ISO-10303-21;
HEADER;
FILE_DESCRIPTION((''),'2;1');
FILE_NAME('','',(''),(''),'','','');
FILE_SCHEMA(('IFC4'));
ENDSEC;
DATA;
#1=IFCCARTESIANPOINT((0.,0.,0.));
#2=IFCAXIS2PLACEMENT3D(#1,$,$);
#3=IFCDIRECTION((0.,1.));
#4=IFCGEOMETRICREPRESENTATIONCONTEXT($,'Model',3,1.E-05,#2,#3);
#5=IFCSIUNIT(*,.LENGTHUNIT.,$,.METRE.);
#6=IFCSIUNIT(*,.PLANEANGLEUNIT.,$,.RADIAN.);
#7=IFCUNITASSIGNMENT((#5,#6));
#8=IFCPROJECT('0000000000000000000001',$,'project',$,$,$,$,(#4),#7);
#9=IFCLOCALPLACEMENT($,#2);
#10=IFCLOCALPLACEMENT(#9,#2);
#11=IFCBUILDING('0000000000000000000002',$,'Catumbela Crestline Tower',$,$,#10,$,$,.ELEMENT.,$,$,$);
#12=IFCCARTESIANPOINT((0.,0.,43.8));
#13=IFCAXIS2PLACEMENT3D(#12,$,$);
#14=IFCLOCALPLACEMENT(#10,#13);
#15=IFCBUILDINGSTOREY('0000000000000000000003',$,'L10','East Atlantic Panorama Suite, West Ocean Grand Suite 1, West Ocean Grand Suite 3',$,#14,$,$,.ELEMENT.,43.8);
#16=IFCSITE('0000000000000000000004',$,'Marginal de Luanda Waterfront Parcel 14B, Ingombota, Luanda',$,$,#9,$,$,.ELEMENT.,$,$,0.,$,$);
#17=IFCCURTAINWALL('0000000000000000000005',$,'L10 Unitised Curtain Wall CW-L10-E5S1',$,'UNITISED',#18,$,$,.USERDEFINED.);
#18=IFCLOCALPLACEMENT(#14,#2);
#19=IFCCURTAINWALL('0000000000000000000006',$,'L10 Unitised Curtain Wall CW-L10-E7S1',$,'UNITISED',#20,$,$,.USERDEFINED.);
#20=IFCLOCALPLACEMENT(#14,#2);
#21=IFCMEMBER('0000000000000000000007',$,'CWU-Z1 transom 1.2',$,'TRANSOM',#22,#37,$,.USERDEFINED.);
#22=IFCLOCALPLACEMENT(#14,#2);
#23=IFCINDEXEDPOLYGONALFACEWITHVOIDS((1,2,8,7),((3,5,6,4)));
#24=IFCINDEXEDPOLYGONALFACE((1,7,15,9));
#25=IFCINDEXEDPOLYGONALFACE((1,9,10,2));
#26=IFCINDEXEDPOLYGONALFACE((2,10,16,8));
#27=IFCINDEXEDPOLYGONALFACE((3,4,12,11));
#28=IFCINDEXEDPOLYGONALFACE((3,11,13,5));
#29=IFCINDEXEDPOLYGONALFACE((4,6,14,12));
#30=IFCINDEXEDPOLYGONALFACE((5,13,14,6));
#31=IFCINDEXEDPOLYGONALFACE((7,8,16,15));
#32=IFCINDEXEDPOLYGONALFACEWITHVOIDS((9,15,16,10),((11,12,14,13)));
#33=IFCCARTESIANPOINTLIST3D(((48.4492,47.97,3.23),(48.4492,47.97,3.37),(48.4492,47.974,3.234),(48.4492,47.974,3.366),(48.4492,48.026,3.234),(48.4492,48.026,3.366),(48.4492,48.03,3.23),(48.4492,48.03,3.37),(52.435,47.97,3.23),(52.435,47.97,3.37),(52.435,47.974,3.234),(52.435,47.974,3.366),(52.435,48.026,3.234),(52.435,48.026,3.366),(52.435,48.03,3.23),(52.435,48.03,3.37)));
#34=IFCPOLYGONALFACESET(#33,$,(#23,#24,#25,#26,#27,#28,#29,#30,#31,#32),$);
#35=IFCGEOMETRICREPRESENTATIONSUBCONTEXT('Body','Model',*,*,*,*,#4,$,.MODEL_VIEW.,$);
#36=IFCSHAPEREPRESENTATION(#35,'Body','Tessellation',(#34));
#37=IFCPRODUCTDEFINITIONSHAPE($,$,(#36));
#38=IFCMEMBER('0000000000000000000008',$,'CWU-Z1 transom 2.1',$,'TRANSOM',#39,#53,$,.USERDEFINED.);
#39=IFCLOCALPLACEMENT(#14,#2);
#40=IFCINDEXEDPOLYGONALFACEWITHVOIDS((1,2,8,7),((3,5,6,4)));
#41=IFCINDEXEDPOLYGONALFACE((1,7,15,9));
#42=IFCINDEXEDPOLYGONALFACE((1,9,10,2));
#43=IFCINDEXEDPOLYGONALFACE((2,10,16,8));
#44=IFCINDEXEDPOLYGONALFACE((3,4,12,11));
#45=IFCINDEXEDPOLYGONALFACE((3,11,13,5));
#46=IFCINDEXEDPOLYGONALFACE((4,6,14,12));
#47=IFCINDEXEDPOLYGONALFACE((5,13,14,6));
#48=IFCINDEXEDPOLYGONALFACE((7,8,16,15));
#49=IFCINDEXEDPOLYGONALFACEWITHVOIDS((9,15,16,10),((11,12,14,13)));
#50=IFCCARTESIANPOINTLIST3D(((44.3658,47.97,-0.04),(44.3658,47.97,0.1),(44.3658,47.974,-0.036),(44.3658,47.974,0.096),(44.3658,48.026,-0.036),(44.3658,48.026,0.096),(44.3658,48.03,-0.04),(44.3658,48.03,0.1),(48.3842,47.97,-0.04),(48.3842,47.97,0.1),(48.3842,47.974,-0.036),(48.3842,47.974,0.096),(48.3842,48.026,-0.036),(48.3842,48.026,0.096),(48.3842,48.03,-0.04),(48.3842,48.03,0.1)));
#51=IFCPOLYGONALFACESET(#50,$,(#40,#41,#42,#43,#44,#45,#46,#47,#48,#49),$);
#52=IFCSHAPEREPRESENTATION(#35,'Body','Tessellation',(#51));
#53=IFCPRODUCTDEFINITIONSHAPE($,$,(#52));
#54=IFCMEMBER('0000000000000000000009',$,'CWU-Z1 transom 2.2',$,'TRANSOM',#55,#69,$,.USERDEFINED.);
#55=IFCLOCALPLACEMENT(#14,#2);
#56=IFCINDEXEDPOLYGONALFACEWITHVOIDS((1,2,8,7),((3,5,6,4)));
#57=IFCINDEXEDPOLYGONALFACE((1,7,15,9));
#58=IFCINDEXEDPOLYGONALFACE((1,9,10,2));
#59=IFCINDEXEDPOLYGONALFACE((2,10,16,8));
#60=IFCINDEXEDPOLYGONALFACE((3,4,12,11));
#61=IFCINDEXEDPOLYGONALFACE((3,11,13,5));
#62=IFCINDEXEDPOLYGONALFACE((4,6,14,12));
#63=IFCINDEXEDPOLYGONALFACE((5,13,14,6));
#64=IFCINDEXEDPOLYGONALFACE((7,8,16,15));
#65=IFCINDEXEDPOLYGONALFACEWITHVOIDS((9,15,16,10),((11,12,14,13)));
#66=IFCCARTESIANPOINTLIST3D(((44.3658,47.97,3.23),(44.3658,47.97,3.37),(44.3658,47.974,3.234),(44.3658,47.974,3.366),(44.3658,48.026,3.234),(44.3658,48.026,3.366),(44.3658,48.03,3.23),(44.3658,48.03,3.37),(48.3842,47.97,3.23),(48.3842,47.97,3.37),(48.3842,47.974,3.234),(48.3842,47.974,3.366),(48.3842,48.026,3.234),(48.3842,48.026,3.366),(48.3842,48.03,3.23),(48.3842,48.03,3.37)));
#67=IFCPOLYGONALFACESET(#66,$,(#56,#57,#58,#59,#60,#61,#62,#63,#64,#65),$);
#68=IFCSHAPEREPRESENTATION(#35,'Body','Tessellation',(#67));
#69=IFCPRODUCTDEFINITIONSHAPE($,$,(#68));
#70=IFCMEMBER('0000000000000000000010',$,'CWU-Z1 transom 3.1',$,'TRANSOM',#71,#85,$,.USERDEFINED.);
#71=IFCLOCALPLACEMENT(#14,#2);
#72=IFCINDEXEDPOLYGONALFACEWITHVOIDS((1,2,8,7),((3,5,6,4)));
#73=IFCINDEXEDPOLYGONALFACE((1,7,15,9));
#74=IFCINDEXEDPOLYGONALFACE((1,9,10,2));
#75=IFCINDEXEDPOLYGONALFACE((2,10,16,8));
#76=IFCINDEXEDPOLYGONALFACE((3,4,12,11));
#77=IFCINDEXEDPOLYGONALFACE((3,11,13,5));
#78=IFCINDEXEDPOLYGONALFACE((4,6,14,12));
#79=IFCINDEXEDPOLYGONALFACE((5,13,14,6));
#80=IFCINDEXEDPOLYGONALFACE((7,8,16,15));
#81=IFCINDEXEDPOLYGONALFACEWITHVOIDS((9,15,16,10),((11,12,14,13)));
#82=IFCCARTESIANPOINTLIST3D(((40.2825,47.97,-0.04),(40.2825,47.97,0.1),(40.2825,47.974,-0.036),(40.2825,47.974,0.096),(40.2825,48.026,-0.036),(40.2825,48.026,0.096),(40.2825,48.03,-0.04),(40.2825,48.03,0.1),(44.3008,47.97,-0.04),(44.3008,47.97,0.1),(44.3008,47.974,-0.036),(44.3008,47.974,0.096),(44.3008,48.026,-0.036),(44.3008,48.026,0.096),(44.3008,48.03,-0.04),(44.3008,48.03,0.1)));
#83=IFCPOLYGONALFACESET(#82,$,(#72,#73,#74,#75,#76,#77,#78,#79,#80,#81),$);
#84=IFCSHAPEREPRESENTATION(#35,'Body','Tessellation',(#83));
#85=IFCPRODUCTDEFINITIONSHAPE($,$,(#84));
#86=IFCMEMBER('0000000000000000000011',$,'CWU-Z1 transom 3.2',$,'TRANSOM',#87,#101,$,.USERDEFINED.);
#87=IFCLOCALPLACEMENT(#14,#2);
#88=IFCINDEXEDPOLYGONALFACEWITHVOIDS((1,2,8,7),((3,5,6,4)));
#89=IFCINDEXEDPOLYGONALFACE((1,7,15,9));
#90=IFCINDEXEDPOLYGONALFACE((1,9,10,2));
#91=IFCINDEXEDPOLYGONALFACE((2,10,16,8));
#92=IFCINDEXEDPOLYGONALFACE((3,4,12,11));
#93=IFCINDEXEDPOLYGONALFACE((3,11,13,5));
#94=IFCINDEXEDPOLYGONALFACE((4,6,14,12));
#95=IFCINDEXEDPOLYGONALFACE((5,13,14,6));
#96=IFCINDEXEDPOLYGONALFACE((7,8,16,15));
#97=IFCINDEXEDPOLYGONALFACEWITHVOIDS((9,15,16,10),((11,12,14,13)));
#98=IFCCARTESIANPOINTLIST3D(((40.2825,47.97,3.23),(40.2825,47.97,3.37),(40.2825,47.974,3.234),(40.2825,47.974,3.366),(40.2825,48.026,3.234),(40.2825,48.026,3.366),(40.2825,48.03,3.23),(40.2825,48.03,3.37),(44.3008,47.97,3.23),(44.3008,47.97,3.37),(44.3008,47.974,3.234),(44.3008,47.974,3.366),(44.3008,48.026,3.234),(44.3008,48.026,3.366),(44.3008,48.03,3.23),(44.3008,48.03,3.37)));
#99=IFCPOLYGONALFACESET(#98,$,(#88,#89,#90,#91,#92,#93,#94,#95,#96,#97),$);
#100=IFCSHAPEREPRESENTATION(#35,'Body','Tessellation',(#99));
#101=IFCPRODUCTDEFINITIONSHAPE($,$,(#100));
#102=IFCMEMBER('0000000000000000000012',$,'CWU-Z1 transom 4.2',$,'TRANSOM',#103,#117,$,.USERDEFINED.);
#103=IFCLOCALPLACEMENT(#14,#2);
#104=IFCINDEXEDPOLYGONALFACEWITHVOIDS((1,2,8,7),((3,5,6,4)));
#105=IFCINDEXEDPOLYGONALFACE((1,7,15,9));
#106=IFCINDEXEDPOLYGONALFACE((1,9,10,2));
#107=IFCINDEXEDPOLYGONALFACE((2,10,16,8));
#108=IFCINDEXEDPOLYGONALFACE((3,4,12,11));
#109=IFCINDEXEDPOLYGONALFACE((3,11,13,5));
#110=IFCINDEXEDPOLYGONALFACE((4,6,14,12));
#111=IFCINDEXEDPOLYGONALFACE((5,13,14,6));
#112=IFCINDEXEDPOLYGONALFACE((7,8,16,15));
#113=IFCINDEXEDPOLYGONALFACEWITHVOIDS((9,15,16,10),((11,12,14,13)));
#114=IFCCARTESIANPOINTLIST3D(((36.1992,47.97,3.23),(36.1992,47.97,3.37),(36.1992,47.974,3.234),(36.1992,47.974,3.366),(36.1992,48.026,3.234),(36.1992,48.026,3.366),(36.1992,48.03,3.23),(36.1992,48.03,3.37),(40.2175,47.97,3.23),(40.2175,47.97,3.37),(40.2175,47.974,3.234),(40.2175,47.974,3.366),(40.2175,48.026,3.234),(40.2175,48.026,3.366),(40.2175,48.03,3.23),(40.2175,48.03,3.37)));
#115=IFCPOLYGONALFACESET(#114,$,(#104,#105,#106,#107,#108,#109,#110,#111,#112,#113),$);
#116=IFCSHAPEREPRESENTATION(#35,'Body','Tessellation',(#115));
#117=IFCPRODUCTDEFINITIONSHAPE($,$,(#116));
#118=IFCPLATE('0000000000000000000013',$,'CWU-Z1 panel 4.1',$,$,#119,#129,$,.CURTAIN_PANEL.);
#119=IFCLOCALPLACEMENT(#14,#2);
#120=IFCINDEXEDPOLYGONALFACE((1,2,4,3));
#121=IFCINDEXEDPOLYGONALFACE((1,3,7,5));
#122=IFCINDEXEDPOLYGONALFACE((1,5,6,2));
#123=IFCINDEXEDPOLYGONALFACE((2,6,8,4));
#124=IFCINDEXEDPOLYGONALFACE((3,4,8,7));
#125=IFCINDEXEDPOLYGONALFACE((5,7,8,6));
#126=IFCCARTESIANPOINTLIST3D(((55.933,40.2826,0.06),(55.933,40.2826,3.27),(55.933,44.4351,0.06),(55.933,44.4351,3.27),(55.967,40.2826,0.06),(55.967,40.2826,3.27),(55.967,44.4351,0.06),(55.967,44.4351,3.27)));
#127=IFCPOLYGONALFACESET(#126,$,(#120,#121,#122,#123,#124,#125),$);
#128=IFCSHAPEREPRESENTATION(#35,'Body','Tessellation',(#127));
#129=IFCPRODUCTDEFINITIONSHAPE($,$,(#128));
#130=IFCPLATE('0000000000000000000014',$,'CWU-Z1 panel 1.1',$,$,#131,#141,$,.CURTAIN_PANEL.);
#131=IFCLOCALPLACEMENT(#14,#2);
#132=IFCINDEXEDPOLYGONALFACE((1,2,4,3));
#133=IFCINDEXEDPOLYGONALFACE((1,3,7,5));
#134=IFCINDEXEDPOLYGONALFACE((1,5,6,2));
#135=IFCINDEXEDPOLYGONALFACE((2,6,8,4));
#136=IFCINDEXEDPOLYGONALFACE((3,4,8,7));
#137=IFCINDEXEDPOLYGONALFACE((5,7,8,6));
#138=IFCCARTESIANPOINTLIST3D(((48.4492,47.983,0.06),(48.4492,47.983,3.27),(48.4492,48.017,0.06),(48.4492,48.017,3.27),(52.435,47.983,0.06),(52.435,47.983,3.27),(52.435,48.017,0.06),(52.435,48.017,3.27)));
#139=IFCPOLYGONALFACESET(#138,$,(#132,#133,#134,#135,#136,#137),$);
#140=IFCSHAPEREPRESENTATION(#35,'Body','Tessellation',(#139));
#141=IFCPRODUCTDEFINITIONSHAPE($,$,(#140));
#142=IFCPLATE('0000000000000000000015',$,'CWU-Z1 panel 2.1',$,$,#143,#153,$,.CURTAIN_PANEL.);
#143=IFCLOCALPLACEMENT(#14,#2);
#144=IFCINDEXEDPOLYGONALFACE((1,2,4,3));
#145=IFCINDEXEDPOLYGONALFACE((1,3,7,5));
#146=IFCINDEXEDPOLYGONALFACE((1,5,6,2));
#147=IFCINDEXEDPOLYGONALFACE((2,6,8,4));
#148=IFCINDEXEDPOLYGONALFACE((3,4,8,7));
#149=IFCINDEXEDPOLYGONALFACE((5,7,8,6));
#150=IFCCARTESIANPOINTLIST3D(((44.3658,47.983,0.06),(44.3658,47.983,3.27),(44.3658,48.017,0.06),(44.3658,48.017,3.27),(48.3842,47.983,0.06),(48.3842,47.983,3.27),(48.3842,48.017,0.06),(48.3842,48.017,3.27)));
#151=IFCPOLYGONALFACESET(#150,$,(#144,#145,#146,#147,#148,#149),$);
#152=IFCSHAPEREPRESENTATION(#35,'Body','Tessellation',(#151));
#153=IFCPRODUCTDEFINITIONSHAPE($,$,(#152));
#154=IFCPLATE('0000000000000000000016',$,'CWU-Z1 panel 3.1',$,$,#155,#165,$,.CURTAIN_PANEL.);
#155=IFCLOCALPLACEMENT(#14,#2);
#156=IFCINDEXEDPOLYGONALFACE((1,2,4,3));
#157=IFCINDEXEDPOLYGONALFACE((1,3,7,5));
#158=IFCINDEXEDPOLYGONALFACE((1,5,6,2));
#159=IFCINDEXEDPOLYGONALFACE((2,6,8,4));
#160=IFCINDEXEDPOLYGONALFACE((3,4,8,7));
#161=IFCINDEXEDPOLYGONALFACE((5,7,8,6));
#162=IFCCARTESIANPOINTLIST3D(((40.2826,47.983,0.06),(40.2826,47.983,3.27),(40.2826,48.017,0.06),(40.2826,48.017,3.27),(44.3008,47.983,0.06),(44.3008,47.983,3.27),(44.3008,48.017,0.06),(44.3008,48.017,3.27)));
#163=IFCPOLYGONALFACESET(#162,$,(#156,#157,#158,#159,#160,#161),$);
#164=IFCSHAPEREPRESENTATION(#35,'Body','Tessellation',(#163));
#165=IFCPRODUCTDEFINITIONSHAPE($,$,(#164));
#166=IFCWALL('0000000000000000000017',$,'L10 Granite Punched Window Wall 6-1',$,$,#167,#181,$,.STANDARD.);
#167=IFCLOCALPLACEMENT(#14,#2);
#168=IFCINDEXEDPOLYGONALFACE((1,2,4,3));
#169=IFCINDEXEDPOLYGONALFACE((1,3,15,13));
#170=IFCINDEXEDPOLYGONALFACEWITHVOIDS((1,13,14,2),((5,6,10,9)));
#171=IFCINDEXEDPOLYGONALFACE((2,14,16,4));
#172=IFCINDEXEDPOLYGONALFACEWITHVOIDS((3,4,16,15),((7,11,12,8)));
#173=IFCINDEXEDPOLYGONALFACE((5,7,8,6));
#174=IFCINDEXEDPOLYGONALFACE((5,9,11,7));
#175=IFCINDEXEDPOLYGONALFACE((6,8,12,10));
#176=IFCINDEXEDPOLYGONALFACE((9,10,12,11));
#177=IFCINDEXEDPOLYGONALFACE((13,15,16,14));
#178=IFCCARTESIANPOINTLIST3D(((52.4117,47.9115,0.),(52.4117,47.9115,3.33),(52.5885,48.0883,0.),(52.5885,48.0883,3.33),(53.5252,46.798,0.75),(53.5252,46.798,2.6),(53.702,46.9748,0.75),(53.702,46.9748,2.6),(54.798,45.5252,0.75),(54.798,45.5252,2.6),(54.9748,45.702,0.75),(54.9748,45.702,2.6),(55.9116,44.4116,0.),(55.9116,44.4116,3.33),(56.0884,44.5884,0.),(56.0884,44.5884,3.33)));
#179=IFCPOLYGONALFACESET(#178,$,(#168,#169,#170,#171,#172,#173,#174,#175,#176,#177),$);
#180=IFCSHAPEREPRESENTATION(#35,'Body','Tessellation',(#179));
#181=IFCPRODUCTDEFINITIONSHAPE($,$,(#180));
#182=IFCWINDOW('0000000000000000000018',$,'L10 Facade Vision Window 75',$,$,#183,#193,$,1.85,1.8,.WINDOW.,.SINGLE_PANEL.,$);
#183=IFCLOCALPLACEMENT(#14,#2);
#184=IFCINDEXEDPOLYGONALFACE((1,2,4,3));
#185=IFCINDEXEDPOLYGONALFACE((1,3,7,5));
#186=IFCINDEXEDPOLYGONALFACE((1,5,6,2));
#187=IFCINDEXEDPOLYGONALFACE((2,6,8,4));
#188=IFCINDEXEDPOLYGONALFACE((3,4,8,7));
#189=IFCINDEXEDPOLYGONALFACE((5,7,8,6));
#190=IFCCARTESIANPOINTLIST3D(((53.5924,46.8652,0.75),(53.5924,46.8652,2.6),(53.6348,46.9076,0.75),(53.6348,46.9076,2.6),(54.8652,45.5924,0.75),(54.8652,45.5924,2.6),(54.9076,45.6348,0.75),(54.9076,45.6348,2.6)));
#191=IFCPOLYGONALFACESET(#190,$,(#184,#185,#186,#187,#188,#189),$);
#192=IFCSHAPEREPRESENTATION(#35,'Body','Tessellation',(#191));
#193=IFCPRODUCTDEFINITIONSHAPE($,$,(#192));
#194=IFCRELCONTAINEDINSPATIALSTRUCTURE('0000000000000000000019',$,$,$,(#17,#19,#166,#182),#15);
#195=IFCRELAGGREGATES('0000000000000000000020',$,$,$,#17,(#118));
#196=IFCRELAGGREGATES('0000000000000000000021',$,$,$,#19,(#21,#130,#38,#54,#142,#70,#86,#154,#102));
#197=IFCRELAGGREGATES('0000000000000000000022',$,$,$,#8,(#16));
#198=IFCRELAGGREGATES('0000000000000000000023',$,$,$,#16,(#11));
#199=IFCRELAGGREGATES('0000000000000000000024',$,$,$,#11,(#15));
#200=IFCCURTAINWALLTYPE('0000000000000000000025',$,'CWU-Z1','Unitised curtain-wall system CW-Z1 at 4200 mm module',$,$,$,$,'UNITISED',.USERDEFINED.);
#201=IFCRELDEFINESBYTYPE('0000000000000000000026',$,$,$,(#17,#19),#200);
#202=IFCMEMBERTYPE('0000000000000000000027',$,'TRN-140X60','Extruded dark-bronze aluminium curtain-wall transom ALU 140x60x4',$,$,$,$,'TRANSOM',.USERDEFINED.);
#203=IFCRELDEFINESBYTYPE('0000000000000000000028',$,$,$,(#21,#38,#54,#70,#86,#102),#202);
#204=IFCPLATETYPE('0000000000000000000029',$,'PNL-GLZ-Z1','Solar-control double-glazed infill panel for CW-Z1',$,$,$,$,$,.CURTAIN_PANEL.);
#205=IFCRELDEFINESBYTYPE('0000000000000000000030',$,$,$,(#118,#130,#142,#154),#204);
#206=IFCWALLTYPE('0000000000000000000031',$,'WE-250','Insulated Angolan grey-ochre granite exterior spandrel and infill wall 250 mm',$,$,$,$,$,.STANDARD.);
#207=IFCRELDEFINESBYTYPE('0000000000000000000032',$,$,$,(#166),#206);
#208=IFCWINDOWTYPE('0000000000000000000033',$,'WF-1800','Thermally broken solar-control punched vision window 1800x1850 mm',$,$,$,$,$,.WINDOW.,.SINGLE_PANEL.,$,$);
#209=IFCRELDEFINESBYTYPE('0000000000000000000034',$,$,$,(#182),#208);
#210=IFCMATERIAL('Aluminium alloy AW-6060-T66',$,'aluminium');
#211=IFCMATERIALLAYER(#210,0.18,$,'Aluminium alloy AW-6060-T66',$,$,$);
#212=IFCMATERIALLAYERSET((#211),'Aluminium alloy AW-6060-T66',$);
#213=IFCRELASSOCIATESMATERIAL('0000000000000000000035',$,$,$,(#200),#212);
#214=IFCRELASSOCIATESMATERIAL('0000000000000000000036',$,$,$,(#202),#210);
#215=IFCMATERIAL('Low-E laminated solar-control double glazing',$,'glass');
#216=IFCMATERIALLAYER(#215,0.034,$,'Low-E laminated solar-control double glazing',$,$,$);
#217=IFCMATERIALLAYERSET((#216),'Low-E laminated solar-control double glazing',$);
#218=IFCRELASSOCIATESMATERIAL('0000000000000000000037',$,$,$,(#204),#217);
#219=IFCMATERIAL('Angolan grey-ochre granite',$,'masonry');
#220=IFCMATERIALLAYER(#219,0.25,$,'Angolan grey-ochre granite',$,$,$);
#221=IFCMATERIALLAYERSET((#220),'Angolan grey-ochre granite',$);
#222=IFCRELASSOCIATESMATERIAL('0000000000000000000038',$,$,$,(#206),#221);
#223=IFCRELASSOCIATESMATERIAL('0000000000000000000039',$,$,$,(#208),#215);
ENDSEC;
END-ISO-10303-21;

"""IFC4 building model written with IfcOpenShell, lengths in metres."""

from ifc_helpers import new_model, si_unit, direction, frame, frame_2d, origin, origin_2d, place, context, subcontext, project, spatial, rectangle, hollow_rectangle, extrude, material, layer, layer_set, material_profile, profile_set, type_object, element, fill, aggregate, save


model = new_model("IFC4")

# Units and contexts
model_context = context("Model", 3, precision=1e-05, world=origin(), true_north=direction((0.0, 1.0)))
body_context = subcontext(model_context, "Body", "Model", "MODEL_VIEW")
ifc_project = project(units=[si_unit("LENGTHUNIT", "METRE"), si_unit("PLANEANGLEUNIT", "RADIAN")], contexts=[model_context])

# Site, building, storey
site_placement = place(None, origin())
site = spatial("IfcSite", under=ifc_project, at=site_placement, Name="Marginal de Luanda Waterfront Parcel 14B, Ingombota, Luanda", CompositionType="ELEMENT", RefElevation=0.0)
building_placement = place(site_placement, origin())
building = spatial("IfcBuilding", under=site, at=building_placement, Name="Catumbela Crestline Tower", CompositionType="ELEMENT")
storey_placement = place(building_placement, frame((0.0, 0.0, 43.8)))
storey = spatial("IfcBuildingStorey", under=building, at=storey_placement, Name="L10", Description="East Atlantic Panorama Suite, West Ocean Grand Suite 1, West Ocean Grand Suite 3", CompositionType="ELEMENT", Elevation=43.8)

# Curtain wall
ifc_material_1 = material(Name="Aluminium alloy AW-6060-T66", Category="aluminium")
ifc_layer_1 = layer(ifc_material_1, 0.18, Name="Aluminium alloy AW-6060-T66")
ifc_layer_set_1 = layer_set([ifc_layer_1], Name="Aluminium alloy AW-6060-T66")
curtain_wall_type = type_object("IfcCurtainWallType", Name="CWU-Z1", Description="Unitised curtain-wall system CW-Z1 at 4200 mm module", ElementType="UNITISED", PredefinedType="USERDEFINED", material=ifc_layer_set_1)
curtain_wall_1_placement = place(storey_placement, origin())
curtain_wall_1 = element("IfcCurtainWall", 1, at=curtain_wall_1_placement, inside=storey, type_object=curtain_wall_type, Name="L10 Unitised Curtain Wall CW-L10-E5S1", ObjectType="UNITISED", PredefinedType="USERDEFINED")

# Curtain wall
curtain_wall_2_placement = place(storey_placement, origin())
curtain_wall_2 = element("IfcCurtainWall", 2, at=curtain_wall_2_placement, inside=storey, type_object=curtain_wall_type, Name="L10 Unitised Curtain Wall CW-L10-E7S1", ObjectType="UNITISED", PredefinedType="USERDEFINED")

# Members
ifc_material_profile_1 = material_profile(ifc_material_1, hollow_rectangle(XDim=0.06, YDim=0.14, WallThickness=0.004, at=origin_2d()), Name="ALU 140x60x4")
ifc_profile_set_1 = profile_set([ifc_material_profile_1], Name="Aluminium alloy AW-6060-T66")
member_type_1 = type_object("IfcMemberType", Name="TRN-140X60", Description="Extruded dark-bronze aluminium curtain-wall transom ALU 140x60x4", ElementType="TRANSOM", PredefinedType="USERDEFINED", material=ifc_profile_set_1)
member_1_placement = place(storey_placement, frame((52.435, 48.0, 3.3), z_axis=(-1.0, 0.0, 0.0), x_axis=(0.0, -1.0, 0.0)))
member_1 = element("IfcMember", 3, at=member_1_placement, type_object=member_type_1, Name="CWU-Z1 transom 1.2", ObjectType="TRANSOM", PredefinedType="USERDEFINED", context=body_context, shape_type="SweptSolid", body=[
    extrude(hollow_rectangle(XDim=0.06, YDim=0.14, WallThickness=0.004, at=origin_2d()), origin(), (0.0, 0.0, 1.0), 3.9858),
])
member_2_placement = place(storey_placement, frame((48.3842, 48.0, 0.03), z_axis=(-1.0, 0.0, 0.0), x_axis=(0.0, -1.0, 0.0)))
member_2 = element("IfcMember", 4, at=member_2_placement, type_object=member_type_1, Name="CWU-Z1 transom 2.1", ObjectType="TRANSOM", PredefinedType="USERDEFINED", context=body_context, shape_type="SweptSolid", body=[
    extrude(hollow_rectangle(XDim=0.06, YDim=0.14, WallThickness=0.004, at=origin_2d()), origin(), (0.0, 0.0, 1.0), 4.0184),
])
member_3_placement = place(storey_placement, frame((48.3842, 48.0, 3.3), z_axis=(-1.0, 0.0, 0.0), x_axis=(0.0, -1.0, 0.0)))
member_3 = element("IfcMember", 5, at=member_3_placement, type_object=member_type_1, Name="CWU-Z1 transom 2.2", ObjectType="TRANSOM", PredefinedType="USERDEFINED", context=body_context, shape_type="SweptSolid", body=[
    extrude(hollow_rectangle(XDim=0.06, YDim=0.14, WallThickness=0.004, at=origin_2d()), origin(), (0.0, 0.0, 1.0), 4.0184),
])
member_4_placement = place(storey_placement, frame((44.3008, 48.0, 0.03), z_axis=(-1.0, 0.0, 0.0), x_axis=(0.0, -1.0, 0.0)))
member_4 = element("IfcMember", 6, at=member_4_placement, type_object=member_type_1, Name="CWU-Z1 transom 3.1", ObjectType="TRANSOM", PredefinedType="USERDEFINED", context=body_context, shape_type="SweptSolid", body=[
    extrude(hollow_rectangle(XDim=0.06, YDim=0.14, WallThickness=0.004, at=origin_2d()), origin(), (0.0, 0.0, 1.0), 4.0183),
])
member_5_placement = place(storey_placement, frame((44.3008, 48.0, 3.3), z_axis=(-1.0, 0.0, 0.0), x_axis=(0.0, -1.0, 0.0)))
member_5 = element("IfcMember", 7, at=member_5_placement, type_object=member_type_1, Name="CWU-Z1 transom 3.2", ObjectType="TRANSOM", PredefinedType="USERDEFINED", context=body_context, shape_type="SweptSolid", body=[
    extrude(hollow_rectangle(XDim=0.06, YDim=0.14, WallThickness=0.004, at=origin_2d()), origin(), (0.0, 0.0, 1.0), 4.0183),
])
member_6_placement = place(storey_placement, frame((40.2175, 48.0, 3.3), z_axis=(-1.0, 0.0, 0.0), x_axis=(0.0, -1.0, 0.0)))
member_6 = element("IfcMember", 8, at=member_6_placement, type_object=member_type_1, Name="CWU-Z1 transom 4.2", ObjectType="TRANSOM", PredefinedType="USERDEFINED", context=body_context, shape_type="SweptSolid", body=[
    extrude(hollow_rectangle(XDim=0.06, YDim=0.14, WallThickness=0.004, at=origin_2d()), origin(), (0.0, 0.0, 1.0), 4.0183),
])

# Plates
ifc_material_2 = material(Name="Low-E laminated solar-control double glazing", Category="glass")
ifc_layer_2 = layer(ifc_material_2, 0.034, Name="Low-E laminated solar-control double glazing")
ifc_layer_set_2 = layer_set([ifc_layer_2], Name="Low-E laminated solar-control double glazing")
plate_type = type_object("IfcPlateType", Name="PNL-GLZ-Z1", Description="Solar-control double-glazed infill panel for CW-Z1", PredefinedType="CURTAIN_PANEL", material=ifc_layer_set_2)
plate_1_placement = place(storey_placement, frame((55.95, 42.3588, 0.06), z_axis=(0.0, 0.0, 1.0), x_axis=(0.0, 1.0, 0.0)))
plate_1 = element("IfcPlate", 9, at=plate_1_placement, type_object=plate_type, Name="CWU-Z1 panel 4.1", PredefinedType="CURTAIN_PANEL", context=body_context, shape_type="SweptSolid", body=[
    extrude(rectangle(XDim=4.1525, YDim=0.034, at=origin_2d()), origin(), (0.0, 0.0, 1.0), 3.21),
])
aggregate(curtain_wall_1, [plate_1])
plate_2_placement = place(storey_placement, frame((50.4421, 48.0, 0.06), z_axis=(0.0, 0.0, 1.0), x_axis=(-1.0, 0.0, 0.0)))
plate_2 = element("IfcPlate", 10, at=plate_2_placement, type_object=plate_type, Name="CWU-Z1 panel 1.1", PredefinedType="CURTAIN_PANEL", context=body_context, shape_type="SweptSolid", body=[
    extrude(rectangle(XDim=3.9858, YDim=0.034, at=origin_2d()), origin(), (0.0, 0.0, 1.0), 3.21),
])
plate_3_placement = place(storey_placement, frame((46.375, 48.0, 0.06), z_axis=(0.0, 0.0, 1.0), x_axis=(-1.0, 0.0, 0.0)))
plate_3 = element("IfcPlate", 11, at=plate_3_placement, type_object=plate_type, Name="CWU-Z1 panel 2.1", PredefinedType="CURTAIN_PANEL", context=body_context, shape_type="SweptSolid", body=[
    extrude(rectangle(XDim=4.0183, YDim=0.034, at=origin_2d()), origin(), (0.0, 0.0, 1.0), 3.21),
])
plate_4_placement = place(storey_placement, frame((42.2917, 48.0, 0.06), z_axis=(0.0, 0.0, 1.0), x_axis=(-1.0, 0.0, 0.0)))
plate_4 = element("IfcPlate", 12, at=plate_4_placement, type_object=plate_type, Name="CWU-Z1 panel 3.1", PredefinedType="CURTAIN_PANEL", context=body_context, shape_type="SweptSolid", body=[
    extrude(rectangle(XDim=4.0183, YDim=0.034, at=origin_2d()), origin(), (0.0, 0.0, 1.0), 3.21),
])
aggregate(curtain_wall_2, [member_1, plate_2, member_2, member_3, plate_3, member_4, member_5, plate_4, member_6])

# Wall, opening, window
ifc_material_3 = material(Name="Angolan grey-ochre granite", Category="masonry")
ifc_layer_3 = layer(ifc_material_3, 0.25, Name="Angolan grey-ochre granite")
ifc_layer_set_3 = layer_set([ifc_layer_3], Name="Angolan grey-ochre granite")
wall_type = type_object("IfcWallType", Name="WE-250", Description="Insulated Angolan grey-ochre granite exterior spandrel and infill wall 250 mm", PredefinedType="STANDARD", material=ifc_layer_set_3)
wall_placement = place(storey_placement, frame((56.0, 44.5, 0.0), z_axis=(0.0, 0.0, 1.0), x_axis=(-0.707107, 0.707107, 0.0)))
wall = element("IfcWall", 13, at=wall_placement, inside=storey, type_object=wall_type, Name="L10 Granite Punched Window Wall 6-1", PredefinedType="STANDARD", context=body_context, shape_type="SweptSolid", body=[
    extrude(rectangle(XDim=4.9497, YDim=0.25, at=frame_2d((2.4748, 0.0))), origin(), (0.0, 0.0, 1.0), 3.33),
])
opening_placement = place(wall_placement, frame((1.5749, 0.0, 0.75)))
opening = element("IfcOpeningElement", 14, at=opening_placement, cuts=wall, PredefinedType="OPENING", context=body_context, shape_type="SweptSolid", body=[
    extrude(rectangle(XDim=1.8, YDim=1.85, at=frame_2d((0.9, 0.925))), frame((0.0, 0.135, 0.0), z_axis=(0.0, -1.0, 0.0), x_axis=(1.0, 0.0, 0.0)), (0.0, 0.0, 1.0), 0.27),
])
window_type = type_object("IfcWindowType", Name="WF-1800", Description="Thermally broken solar-control punched vision window 1800x1850 mm", PartitioningType="SINGLE_PANEL", PredefinedType="WINDOW", material=ifc_material_2)
window_placement = place(opening_placement, origin())
window = element("IfcWindow", 15, at=window_placement, inside=storey, type_object=window_type, Name="L10 Facade Vision Window 75", OverallHeight=1.85, OverallWidth=1.8, PartitioningType="SINGLE_PANEL", PredefinedType="WINDOW", context=body_context, shape_type="SweptSolid", body=[
    extrude(rectangle(XDim=1.8, YDim=1.85, at=frame_2d((0.9, 0.925))), frame((0.0, 0.03, 0.0), z_axis=(0.0, -1.0, 0.0), x_axis=(1.0, 0.0, 0.0)), (0.0, 0.0, 1.0), 0.06),
])
fill(opening, window)

save(model, "model.ifc")
